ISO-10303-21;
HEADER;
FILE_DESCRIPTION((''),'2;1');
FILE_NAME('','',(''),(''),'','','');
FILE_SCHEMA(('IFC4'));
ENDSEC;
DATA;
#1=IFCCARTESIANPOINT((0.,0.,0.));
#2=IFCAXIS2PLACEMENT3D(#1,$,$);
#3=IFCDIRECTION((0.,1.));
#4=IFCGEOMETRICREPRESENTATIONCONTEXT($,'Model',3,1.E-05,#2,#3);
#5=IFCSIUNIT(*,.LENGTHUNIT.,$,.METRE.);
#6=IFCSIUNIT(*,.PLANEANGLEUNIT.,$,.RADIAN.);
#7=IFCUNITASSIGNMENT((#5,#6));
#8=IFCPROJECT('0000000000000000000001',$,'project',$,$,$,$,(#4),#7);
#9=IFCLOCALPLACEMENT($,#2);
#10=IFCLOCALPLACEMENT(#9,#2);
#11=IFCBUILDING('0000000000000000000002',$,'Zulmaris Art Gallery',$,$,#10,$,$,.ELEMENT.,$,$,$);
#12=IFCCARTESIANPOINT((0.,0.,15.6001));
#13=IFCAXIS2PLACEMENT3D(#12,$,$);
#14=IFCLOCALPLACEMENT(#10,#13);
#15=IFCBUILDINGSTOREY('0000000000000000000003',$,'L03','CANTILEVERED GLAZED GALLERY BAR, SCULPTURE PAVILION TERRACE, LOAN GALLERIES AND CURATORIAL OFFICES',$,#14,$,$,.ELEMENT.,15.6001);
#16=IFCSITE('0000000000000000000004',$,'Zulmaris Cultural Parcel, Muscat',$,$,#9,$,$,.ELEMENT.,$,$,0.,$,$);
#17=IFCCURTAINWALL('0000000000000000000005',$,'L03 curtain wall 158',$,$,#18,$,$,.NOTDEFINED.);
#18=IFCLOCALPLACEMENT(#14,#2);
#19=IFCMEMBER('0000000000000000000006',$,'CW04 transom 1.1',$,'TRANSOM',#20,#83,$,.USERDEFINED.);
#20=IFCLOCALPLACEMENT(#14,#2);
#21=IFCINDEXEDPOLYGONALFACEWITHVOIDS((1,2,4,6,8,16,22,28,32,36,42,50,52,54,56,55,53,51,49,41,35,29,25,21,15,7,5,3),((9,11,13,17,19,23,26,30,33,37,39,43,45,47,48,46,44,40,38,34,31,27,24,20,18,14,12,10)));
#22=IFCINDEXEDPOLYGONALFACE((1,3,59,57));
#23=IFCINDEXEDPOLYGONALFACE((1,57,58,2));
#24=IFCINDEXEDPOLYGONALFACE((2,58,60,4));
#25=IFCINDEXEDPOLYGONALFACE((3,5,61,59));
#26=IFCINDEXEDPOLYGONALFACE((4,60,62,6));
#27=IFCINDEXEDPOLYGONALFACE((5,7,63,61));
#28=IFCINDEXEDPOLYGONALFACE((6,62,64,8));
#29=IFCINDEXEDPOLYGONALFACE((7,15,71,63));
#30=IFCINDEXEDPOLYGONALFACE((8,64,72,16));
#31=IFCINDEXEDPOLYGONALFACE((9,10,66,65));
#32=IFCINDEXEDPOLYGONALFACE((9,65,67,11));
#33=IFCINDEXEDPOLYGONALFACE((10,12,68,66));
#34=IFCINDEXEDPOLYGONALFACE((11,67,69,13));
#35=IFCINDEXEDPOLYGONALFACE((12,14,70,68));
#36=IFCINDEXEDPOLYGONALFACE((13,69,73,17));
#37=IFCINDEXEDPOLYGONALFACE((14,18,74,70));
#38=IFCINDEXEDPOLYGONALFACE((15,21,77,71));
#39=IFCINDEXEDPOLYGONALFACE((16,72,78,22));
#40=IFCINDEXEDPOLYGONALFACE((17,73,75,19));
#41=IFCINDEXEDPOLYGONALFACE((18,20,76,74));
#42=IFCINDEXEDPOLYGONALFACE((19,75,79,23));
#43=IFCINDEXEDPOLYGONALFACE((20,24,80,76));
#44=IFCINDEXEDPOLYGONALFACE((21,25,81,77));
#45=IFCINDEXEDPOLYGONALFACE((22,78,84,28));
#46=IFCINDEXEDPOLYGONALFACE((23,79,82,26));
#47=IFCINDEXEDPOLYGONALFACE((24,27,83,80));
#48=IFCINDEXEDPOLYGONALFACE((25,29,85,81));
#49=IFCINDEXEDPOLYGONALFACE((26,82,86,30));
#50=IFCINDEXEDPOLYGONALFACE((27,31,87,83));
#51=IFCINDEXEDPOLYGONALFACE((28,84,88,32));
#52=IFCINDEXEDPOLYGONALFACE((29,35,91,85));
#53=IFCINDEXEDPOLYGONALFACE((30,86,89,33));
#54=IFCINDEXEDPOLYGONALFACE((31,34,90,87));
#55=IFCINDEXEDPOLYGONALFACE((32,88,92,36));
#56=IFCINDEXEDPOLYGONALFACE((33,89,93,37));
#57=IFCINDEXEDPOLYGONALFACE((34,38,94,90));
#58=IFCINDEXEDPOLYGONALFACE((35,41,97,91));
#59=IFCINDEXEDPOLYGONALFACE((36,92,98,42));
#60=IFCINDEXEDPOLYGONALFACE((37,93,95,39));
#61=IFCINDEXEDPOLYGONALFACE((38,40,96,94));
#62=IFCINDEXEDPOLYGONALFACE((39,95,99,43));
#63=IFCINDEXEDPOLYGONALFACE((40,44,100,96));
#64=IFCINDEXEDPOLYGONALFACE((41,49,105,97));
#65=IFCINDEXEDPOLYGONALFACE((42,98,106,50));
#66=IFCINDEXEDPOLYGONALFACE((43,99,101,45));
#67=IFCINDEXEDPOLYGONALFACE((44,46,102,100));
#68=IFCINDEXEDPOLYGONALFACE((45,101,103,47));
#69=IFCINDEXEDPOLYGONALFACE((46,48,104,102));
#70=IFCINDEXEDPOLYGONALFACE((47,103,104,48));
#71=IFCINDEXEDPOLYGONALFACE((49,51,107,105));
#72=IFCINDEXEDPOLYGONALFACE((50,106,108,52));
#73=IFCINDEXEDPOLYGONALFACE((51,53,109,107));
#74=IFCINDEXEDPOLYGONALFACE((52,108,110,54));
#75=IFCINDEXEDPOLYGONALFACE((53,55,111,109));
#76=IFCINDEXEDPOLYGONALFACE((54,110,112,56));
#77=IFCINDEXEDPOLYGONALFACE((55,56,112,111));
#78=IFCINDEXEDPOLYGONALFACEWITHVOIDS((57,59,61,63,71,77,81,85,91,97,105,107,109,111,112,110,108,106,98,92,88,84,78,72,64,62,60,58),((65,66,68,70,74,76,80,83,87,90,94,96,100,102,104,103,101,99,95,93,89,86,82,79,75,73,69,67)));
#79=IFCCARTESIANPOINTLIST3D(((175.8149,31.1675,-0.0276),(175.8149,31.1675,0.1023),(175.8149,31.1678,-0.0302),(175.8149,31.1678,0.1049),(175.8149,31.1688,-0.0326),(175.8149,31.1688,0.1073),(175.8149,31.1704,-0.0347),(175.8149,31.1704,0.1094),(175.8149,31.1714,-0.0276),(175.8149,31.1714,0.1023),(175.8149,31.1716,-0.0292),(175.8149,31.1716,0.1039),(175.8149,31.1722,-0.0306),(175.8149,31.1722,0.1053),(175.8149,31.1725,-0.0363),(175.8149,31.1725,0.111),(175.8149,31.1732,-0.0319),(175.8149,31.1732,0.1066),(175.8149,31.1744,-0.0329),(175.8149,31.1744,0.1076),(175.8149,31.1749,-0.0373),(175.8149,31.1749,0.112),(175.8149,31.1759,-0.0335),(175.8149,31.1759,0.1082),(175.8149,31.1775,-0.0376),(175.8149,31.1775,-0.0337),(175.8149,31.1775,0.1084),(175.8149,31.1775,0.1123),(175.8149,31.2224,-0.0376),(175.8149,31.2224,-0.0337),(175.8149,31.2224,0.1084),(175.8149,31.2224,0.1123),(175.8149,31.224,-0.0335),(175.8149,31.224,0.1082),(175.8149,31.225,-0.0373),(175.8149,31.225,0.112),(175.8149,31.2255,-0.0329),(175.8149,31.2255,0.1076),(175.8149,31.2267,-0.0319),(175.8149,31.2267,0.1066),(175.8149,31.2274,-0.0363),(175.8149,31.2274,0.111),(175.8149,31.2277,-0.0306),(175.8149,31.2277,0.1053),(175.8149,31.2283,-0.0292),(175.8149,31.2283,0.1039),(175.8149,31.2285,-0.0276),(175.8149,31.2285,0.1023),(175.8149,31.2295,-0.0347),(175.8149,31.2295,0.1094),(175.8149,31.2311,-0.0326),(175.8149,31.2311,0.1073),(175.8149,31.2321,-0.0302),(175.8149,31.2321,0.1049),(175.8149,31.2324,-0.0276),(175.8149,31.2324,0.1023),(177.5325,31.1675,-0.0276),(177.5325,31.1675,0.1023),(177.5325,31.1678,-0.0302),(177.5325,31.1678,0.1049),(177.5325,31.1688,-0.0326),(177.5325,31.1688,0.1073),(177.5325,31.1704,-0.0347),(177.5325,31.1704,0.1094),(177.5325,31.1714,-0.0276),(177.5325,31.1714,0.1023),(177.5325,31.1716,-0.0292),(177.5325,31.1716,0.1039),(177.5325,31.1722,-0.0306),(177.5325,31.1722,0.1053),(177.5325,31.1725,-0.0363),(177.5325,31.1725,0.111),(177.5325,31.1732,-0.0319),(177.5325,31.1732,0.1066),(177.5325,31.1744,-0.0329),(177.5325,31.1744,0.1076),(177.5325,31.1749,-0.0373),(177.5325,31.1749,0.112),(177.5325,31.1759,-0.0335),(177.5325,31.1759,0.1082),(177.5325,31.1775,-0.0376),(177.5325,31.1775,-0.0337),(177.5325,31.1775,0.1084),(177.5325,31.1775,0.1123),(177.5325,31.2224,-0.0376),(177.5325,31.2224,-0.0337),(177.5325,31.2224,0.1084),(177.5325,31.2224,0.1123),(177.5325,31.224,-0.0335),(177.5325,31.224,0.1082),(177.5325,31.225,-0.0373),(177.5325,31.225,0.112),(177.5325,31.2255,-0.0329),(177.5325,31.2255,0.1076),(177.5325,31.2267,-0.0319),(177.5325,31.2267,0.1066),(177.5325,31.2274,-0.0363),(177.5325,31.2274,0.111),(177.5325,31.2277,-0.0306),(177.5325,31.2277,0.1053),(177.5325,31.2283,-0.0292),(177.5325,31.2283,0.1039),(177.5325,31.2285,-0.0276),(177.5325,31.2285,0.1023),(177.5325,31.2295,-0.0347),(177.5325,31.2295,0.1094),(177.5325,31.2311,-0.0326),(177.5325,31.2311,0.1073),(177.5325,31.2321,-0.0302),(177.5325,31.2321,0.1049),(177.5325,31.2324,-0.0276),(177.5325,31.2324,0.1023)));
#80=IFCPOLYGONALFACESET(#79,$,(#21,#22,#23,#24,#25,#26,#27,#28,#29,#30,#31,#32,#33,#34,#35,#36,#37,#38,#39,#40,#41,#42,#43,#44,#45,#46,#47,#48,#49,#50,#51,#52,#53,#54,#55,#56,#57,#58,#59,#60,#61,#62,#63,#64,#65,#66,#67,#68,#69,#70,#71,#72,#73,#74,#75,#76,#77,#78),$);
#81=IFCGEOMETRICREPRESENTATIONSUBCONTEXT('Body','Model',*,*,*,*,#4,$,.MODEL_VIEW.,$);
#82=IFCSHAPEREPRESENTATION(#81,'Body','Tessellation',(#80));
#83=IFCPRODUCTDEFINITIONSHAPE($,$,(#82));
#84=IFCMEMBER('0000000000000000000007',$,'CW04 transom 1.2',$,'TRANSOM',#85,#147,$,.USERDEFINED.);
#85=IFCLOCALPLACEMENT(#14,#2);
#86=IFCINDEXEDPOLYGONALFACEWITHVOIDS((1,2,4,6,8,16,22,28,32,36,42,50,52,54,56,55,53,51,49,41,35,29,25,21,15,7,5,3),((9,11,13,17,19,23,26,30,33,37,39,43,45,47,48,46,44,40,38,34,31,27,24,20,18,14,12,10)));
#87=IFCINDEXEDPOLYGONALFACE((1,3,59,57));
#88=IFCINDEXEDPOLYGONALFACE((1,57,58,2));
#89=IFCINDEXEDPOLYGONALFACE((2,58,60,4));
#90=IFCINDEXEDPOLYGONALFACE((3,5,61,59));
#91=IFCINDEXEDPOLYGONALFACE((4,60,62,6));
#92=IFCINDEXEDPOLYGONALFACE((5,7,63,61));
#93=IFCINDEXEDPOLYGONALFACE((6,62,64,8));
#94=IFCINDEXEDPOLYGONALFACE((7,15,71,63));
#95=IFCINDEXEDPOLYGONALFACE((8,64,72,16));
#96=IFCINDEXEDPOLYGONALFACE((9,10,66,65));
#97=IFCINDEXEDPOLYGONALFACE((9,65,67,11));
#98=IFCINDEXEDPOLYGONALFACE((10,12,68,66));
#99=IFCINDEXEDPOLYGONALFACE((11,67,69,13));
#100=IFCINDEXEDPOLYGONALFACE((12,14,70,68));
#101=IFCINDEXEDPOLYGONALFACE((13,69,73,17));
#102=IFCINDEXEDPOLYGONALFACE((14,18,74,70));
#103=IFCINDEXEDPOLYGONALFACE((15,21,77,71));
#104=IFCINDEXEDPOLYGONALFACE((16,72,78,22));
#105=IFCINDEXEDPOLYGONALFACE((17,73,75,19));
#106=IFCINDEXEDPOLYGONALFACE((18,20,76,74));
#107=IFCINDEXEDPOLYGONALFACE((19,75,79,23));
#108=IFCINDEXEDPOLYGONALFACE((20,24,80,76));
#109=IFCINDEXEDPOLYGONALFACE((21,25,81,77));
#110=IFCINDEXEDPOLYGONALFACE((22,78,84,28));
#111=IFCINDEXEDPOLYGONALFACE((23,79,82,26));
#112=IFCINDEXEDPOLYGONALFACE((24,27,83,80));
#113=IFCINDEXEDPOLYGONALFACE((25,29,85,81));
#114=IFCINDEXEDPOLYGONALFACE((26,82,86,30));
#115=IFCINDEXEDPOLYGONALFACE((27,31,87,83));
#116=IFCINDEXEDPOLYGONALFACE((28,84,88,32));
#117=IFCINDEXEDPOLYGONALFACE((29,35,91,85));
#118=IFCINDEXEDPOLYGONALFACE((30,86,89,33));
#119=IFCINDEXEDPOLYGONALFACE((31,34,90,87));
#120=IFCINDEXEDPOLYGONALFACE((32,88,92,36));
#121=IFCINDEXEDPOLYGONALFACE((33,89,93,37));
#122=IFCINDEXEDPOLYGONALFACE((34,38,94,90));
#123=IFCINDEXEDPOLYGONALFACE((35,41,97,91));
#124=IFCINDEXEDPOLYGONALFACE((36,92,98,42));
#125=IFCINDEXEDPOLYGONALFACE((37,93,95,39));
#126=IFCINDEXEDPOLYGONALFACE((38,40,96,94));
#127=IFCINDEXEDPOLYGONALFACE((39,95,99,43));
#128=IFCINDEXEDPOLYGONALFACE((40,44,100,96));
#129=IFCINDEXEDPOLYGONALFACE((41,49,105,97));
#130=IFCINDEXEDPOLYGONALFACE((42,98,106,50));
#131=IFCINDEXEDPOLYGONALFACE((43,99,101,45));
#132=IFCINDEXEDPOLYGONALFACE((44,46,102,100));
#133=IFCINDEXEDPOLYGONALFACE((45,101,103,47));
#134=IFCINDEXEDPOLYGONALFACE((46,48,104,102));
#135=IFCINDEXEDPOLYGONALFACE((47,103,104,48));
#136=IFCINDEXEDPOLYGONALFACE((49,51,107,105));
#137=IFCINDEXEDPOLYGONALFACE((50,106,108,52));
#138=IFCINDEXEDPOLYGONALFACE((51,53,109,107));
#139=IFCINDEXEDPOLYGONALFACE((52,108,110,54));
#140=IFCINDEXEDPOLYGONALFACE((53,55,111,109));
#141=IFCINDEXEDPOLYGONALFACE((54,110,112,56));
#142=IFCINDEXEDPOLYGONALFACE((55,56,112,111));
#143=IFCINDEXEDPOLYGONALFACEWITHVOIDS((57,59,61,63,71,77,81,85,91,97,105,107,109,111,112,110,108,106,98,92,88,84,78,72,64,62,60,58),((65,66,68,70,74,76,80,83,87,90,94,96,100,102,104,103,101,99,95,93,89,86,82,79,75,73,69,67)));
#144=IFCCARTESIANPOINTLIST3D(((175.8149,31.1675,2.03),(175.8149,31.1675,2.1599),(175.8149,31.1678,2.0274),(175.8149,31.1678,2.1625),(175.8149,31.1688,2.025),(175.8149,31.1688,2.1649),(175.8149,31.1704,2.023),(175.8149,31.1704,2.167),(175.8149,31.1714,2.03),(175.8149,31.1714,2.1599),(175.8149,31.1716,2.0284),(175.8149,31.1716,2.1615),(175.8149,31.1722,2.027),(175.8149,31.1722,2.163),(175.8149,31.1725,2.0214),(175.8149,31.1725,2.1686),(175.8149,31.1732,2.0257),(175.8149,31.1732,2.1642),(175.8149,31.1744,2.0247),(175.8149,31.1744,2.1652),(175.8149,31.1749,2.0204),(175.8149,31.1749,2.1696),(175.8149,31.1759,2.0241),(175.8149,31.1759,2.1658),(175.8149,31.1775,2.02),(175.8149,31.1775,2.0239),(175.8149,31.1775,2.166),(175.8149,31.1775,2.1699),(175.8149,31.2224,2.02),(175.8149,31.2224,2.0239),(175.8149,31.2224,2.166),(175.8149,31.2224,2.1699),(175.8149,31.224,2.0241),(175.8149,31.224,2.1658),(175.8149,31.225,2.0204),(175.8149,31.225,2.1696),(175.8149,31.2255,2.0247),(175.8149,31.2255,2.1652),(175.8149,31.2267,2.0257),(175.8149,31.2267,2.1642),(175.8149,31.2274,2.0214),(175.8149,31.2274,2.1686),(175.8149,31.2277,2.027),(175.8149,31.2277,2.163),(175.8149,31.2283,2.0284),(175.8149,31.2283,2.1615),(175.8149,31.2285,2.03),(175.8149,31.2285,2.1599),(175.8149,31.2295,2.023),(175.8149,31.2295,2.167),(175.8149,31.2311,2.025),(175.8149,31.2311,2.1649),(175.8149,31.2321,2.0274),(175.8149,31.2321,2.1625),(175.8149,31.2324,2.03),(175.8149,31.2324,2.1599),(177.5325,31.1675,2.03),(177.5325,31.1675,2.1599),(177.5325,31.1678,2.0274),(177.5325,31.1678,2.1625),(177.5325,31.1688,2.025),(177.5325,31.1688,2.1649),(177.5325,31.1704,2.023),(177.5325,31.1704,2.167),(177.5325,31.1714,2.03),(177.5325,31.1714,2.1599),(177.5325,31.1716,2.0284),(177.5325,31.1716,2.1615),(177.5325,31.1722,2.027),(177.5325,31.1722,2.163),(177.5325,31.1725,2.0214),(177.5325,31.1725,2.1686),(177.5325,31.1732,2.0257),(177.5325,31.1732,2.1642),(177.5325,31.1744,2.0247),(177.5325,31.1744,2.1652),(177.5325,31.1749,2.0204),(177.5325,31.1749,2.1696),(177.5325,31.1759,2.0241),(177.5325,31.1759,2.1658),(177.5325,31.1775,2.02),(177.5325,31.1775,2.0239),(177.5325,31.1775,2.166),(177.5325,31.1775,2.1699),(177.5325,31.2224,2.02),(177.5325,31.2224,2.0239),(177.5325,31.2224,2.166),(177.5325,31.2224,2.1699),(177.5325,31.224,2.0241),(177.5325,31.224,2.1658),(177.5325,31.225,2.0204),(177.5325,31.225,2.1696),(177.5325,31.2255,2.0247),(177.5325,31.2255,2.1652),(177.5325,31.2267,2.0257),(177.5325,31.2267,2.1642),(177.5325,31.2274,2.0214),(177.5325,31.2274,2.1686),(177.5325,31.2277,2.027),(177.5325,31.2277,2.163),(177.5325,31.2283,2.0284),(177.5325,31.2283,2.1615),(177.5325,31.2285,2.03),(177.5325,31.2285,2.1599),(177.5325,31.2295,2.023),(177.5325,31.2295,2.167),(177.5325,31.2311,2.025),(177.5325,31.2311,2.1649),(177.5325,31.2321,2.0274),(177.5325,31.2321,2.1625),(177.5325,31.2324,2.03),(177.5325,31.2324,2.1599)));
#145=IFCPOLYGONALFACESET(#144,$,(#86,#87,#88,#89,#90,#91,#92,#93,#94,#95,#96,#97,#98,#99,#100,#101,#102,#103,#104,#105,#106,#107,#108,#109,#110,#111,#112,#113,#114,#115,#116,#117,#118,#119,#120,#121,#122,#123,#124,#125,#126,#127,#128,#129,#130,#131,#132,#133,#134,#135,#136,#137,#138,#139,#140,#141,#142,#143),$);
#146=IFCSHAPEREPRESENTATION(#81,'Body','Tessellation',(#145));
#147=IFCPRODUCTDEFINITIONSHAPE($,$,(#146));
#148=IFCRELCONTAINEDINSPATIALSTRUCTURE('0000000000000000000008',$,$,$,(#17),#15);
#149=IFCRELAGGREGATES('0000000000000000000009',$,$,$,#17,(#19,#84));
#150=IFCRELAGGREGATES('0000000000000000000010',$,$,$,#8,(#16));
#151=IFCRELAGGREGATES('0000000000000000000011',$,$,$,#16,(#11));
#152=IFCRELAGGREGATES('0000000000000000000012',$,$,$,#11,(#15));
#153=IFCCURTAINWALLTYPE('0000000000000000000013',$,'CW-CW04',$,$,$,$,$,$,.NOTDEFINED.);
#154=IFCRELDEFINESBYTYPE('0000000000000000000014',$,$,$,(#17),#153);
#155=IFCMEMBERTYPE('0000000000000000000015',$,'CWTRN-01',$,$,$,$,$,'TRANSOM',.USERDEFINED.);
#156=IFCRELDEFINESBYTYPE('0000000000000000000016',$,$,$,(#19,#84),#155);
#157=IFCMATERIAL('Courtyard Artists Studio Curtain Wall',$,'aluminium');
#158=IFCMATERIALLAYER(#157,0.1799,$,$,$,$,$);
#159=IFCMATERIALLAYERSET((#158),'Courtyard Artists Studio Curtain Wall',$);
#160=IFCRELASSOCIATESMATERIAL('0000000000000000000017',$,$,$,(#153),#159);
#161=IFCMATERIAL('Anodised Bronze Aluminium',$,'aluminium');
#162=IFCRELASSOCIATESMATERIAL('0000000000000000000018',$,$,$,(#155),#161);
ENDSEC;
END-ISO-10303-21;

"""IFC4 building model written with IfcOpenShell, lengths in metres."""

from ifc_helpers import new_model, si_unit, direction, frame, origin, origin_2d, place, context, subcontext, project, spatial, hollow_rectangle, extrude, material, layer, layer_set, material_profile, profile_set, type_object, element, aggregate, save


model = new_model("IFC4")

# Units and contexts
model_context = context("Model", 3, precision=1e-05, world=origin(), true_north=direction((0.0, 1.0)))
body_context = subcontext(model_context, "Body", "Model", "MODEL_VIEW")
ifc_project = project(units=[si_unit("LENGTHUNIT", "METRE"), si_unit("PLANEANGLEUNIT", "RADIAN")], contexts=[model_context])

# Site, building, storey
site_placement = place(None, origin())
site = spatial("IfcSite", under=ifc_project, at=site_placement, Name="Zulmaris Cultural Parcel, Muscat", CompositionType="ELEMENT", RefElevation=0.0)
building_placement = place(site_placement, origin())
building = spatial("IfcBuilding", under=site, at=building_placement, Name="Zulmaris Art Gallery", CompositionType="ELEMENT")
storey_placement = place(building_placement, frame((0.0, 0.0, 15.6001)))
storey = spatial("IfcBuildingStorey", under=building, at=storey_placement, Name="L03", Description="CANTILEVERED GLAZED GALLERY BAR, SCULPTURE PAVILION TERRACE, LOAN GALLERIES AND CURATORIAL OFFICES", CompositionType="ELEMENT", Elevation=15.6001)

# Shared definitions
ifc_material_1 = material(Name="Courtyard Artists Studio Curtain Wall", Category="aluminium")
ifc_layer_1 = layer(ifc_material_1, 0.1799)
ifc_layer_set_1 = layer_set([ifc_layer_1], Name="Courtyard Artists Studio Curtain Wall")
curtain_wall_type = type_object("IfcCurtainWallType", Name="CW-CW04", PredefinedType="NOTDEFINED", material=ifc_layer_set_1)
ifc_material_2 = material(Name="Anodised Bronze Aluminium", Category="aluminium")

# Curtain wall
curtain_wall_1_placement = place(storey_placement, origin())
curtain_wall_1 = element("IfcCurtainWall", 1, at=curtain_wall_1_placement, inside=storey, type_object=curtain_wall_type, Name="L03 curtain wall 158", PredefinedType="NOTDEFINED")

# Members
ifc_material_profile_1 = material_profile(ifc_material_2, hollow_rectangle(XDim=0.0649, YDim=0.1499, WallThickness=0.0039, InnerFilletRadius=0.0061, OuterFilletRadius=0.01, at=origin_2d()), Name="ALU 65x150x4")
ifc_profile_set_1 = profile_set([ifc_material_profile_1], Name="Anodised Bronze Aluminium")
member_type_1 = type_object("IfcMemberType", Name="CWTRN-01", ElementType="TRANSOM", PredefinedType="USERDEFINED", material=ifc_profile_set_1)
member_1_placement = place(storey_placement, frame((175.8149, 31.2, 0.0374), z_axis=(1.0, 0.0, 0.0), x_axis=(0.0, 1.0, 0.0)))
member_1 = element("IfcMember", 2, at=member_1_placement, type_object=member_type_1, Name="CW04 transom 1.1", ObjectType="TRANSOM", PredefinedType="USERDEFINED", context=body_context, shape_type="SweptSolid", body=[
    extrude(hollow_rectangle(XDim=0.0649, YDim=0.1499, WallThickness=0.0039, InnerFilletRadius=0.0061, OuterFilletRadius=0.01, at=origin_2d()), origin(), (0.0, 0.0, 1.0), 1.7175),
])
member_2_placement = place(storey_placement, frame((175.8149, 31.2, 2.095), z_axis=(1.0, 0.0, 0.0), x_axis=(0.0, 1.0, 0.0)))
member_2 = element("IfcMember", 3, at=member_2_placement, type_object=member_type_1, Name="CW04 transom 1.2", ObjectType="TRANSOM", PredefinedType="USERDEFINED", context=body_context, shape_type="SweptSolid", body=[
    extrude(hollow_rectangle(XDim=0.0649, YDim=0.1499, WallThickness=0.0039, InnerFilletRadius=0.0061, OuterFilletRadius=0.01, at=origin_2d()), origin(), (0.0, 0.0, 1.0), 1.7175),
])
aggregate(curtain_wall_1, [member_1, member_2])

save(model, "model.ifc")
